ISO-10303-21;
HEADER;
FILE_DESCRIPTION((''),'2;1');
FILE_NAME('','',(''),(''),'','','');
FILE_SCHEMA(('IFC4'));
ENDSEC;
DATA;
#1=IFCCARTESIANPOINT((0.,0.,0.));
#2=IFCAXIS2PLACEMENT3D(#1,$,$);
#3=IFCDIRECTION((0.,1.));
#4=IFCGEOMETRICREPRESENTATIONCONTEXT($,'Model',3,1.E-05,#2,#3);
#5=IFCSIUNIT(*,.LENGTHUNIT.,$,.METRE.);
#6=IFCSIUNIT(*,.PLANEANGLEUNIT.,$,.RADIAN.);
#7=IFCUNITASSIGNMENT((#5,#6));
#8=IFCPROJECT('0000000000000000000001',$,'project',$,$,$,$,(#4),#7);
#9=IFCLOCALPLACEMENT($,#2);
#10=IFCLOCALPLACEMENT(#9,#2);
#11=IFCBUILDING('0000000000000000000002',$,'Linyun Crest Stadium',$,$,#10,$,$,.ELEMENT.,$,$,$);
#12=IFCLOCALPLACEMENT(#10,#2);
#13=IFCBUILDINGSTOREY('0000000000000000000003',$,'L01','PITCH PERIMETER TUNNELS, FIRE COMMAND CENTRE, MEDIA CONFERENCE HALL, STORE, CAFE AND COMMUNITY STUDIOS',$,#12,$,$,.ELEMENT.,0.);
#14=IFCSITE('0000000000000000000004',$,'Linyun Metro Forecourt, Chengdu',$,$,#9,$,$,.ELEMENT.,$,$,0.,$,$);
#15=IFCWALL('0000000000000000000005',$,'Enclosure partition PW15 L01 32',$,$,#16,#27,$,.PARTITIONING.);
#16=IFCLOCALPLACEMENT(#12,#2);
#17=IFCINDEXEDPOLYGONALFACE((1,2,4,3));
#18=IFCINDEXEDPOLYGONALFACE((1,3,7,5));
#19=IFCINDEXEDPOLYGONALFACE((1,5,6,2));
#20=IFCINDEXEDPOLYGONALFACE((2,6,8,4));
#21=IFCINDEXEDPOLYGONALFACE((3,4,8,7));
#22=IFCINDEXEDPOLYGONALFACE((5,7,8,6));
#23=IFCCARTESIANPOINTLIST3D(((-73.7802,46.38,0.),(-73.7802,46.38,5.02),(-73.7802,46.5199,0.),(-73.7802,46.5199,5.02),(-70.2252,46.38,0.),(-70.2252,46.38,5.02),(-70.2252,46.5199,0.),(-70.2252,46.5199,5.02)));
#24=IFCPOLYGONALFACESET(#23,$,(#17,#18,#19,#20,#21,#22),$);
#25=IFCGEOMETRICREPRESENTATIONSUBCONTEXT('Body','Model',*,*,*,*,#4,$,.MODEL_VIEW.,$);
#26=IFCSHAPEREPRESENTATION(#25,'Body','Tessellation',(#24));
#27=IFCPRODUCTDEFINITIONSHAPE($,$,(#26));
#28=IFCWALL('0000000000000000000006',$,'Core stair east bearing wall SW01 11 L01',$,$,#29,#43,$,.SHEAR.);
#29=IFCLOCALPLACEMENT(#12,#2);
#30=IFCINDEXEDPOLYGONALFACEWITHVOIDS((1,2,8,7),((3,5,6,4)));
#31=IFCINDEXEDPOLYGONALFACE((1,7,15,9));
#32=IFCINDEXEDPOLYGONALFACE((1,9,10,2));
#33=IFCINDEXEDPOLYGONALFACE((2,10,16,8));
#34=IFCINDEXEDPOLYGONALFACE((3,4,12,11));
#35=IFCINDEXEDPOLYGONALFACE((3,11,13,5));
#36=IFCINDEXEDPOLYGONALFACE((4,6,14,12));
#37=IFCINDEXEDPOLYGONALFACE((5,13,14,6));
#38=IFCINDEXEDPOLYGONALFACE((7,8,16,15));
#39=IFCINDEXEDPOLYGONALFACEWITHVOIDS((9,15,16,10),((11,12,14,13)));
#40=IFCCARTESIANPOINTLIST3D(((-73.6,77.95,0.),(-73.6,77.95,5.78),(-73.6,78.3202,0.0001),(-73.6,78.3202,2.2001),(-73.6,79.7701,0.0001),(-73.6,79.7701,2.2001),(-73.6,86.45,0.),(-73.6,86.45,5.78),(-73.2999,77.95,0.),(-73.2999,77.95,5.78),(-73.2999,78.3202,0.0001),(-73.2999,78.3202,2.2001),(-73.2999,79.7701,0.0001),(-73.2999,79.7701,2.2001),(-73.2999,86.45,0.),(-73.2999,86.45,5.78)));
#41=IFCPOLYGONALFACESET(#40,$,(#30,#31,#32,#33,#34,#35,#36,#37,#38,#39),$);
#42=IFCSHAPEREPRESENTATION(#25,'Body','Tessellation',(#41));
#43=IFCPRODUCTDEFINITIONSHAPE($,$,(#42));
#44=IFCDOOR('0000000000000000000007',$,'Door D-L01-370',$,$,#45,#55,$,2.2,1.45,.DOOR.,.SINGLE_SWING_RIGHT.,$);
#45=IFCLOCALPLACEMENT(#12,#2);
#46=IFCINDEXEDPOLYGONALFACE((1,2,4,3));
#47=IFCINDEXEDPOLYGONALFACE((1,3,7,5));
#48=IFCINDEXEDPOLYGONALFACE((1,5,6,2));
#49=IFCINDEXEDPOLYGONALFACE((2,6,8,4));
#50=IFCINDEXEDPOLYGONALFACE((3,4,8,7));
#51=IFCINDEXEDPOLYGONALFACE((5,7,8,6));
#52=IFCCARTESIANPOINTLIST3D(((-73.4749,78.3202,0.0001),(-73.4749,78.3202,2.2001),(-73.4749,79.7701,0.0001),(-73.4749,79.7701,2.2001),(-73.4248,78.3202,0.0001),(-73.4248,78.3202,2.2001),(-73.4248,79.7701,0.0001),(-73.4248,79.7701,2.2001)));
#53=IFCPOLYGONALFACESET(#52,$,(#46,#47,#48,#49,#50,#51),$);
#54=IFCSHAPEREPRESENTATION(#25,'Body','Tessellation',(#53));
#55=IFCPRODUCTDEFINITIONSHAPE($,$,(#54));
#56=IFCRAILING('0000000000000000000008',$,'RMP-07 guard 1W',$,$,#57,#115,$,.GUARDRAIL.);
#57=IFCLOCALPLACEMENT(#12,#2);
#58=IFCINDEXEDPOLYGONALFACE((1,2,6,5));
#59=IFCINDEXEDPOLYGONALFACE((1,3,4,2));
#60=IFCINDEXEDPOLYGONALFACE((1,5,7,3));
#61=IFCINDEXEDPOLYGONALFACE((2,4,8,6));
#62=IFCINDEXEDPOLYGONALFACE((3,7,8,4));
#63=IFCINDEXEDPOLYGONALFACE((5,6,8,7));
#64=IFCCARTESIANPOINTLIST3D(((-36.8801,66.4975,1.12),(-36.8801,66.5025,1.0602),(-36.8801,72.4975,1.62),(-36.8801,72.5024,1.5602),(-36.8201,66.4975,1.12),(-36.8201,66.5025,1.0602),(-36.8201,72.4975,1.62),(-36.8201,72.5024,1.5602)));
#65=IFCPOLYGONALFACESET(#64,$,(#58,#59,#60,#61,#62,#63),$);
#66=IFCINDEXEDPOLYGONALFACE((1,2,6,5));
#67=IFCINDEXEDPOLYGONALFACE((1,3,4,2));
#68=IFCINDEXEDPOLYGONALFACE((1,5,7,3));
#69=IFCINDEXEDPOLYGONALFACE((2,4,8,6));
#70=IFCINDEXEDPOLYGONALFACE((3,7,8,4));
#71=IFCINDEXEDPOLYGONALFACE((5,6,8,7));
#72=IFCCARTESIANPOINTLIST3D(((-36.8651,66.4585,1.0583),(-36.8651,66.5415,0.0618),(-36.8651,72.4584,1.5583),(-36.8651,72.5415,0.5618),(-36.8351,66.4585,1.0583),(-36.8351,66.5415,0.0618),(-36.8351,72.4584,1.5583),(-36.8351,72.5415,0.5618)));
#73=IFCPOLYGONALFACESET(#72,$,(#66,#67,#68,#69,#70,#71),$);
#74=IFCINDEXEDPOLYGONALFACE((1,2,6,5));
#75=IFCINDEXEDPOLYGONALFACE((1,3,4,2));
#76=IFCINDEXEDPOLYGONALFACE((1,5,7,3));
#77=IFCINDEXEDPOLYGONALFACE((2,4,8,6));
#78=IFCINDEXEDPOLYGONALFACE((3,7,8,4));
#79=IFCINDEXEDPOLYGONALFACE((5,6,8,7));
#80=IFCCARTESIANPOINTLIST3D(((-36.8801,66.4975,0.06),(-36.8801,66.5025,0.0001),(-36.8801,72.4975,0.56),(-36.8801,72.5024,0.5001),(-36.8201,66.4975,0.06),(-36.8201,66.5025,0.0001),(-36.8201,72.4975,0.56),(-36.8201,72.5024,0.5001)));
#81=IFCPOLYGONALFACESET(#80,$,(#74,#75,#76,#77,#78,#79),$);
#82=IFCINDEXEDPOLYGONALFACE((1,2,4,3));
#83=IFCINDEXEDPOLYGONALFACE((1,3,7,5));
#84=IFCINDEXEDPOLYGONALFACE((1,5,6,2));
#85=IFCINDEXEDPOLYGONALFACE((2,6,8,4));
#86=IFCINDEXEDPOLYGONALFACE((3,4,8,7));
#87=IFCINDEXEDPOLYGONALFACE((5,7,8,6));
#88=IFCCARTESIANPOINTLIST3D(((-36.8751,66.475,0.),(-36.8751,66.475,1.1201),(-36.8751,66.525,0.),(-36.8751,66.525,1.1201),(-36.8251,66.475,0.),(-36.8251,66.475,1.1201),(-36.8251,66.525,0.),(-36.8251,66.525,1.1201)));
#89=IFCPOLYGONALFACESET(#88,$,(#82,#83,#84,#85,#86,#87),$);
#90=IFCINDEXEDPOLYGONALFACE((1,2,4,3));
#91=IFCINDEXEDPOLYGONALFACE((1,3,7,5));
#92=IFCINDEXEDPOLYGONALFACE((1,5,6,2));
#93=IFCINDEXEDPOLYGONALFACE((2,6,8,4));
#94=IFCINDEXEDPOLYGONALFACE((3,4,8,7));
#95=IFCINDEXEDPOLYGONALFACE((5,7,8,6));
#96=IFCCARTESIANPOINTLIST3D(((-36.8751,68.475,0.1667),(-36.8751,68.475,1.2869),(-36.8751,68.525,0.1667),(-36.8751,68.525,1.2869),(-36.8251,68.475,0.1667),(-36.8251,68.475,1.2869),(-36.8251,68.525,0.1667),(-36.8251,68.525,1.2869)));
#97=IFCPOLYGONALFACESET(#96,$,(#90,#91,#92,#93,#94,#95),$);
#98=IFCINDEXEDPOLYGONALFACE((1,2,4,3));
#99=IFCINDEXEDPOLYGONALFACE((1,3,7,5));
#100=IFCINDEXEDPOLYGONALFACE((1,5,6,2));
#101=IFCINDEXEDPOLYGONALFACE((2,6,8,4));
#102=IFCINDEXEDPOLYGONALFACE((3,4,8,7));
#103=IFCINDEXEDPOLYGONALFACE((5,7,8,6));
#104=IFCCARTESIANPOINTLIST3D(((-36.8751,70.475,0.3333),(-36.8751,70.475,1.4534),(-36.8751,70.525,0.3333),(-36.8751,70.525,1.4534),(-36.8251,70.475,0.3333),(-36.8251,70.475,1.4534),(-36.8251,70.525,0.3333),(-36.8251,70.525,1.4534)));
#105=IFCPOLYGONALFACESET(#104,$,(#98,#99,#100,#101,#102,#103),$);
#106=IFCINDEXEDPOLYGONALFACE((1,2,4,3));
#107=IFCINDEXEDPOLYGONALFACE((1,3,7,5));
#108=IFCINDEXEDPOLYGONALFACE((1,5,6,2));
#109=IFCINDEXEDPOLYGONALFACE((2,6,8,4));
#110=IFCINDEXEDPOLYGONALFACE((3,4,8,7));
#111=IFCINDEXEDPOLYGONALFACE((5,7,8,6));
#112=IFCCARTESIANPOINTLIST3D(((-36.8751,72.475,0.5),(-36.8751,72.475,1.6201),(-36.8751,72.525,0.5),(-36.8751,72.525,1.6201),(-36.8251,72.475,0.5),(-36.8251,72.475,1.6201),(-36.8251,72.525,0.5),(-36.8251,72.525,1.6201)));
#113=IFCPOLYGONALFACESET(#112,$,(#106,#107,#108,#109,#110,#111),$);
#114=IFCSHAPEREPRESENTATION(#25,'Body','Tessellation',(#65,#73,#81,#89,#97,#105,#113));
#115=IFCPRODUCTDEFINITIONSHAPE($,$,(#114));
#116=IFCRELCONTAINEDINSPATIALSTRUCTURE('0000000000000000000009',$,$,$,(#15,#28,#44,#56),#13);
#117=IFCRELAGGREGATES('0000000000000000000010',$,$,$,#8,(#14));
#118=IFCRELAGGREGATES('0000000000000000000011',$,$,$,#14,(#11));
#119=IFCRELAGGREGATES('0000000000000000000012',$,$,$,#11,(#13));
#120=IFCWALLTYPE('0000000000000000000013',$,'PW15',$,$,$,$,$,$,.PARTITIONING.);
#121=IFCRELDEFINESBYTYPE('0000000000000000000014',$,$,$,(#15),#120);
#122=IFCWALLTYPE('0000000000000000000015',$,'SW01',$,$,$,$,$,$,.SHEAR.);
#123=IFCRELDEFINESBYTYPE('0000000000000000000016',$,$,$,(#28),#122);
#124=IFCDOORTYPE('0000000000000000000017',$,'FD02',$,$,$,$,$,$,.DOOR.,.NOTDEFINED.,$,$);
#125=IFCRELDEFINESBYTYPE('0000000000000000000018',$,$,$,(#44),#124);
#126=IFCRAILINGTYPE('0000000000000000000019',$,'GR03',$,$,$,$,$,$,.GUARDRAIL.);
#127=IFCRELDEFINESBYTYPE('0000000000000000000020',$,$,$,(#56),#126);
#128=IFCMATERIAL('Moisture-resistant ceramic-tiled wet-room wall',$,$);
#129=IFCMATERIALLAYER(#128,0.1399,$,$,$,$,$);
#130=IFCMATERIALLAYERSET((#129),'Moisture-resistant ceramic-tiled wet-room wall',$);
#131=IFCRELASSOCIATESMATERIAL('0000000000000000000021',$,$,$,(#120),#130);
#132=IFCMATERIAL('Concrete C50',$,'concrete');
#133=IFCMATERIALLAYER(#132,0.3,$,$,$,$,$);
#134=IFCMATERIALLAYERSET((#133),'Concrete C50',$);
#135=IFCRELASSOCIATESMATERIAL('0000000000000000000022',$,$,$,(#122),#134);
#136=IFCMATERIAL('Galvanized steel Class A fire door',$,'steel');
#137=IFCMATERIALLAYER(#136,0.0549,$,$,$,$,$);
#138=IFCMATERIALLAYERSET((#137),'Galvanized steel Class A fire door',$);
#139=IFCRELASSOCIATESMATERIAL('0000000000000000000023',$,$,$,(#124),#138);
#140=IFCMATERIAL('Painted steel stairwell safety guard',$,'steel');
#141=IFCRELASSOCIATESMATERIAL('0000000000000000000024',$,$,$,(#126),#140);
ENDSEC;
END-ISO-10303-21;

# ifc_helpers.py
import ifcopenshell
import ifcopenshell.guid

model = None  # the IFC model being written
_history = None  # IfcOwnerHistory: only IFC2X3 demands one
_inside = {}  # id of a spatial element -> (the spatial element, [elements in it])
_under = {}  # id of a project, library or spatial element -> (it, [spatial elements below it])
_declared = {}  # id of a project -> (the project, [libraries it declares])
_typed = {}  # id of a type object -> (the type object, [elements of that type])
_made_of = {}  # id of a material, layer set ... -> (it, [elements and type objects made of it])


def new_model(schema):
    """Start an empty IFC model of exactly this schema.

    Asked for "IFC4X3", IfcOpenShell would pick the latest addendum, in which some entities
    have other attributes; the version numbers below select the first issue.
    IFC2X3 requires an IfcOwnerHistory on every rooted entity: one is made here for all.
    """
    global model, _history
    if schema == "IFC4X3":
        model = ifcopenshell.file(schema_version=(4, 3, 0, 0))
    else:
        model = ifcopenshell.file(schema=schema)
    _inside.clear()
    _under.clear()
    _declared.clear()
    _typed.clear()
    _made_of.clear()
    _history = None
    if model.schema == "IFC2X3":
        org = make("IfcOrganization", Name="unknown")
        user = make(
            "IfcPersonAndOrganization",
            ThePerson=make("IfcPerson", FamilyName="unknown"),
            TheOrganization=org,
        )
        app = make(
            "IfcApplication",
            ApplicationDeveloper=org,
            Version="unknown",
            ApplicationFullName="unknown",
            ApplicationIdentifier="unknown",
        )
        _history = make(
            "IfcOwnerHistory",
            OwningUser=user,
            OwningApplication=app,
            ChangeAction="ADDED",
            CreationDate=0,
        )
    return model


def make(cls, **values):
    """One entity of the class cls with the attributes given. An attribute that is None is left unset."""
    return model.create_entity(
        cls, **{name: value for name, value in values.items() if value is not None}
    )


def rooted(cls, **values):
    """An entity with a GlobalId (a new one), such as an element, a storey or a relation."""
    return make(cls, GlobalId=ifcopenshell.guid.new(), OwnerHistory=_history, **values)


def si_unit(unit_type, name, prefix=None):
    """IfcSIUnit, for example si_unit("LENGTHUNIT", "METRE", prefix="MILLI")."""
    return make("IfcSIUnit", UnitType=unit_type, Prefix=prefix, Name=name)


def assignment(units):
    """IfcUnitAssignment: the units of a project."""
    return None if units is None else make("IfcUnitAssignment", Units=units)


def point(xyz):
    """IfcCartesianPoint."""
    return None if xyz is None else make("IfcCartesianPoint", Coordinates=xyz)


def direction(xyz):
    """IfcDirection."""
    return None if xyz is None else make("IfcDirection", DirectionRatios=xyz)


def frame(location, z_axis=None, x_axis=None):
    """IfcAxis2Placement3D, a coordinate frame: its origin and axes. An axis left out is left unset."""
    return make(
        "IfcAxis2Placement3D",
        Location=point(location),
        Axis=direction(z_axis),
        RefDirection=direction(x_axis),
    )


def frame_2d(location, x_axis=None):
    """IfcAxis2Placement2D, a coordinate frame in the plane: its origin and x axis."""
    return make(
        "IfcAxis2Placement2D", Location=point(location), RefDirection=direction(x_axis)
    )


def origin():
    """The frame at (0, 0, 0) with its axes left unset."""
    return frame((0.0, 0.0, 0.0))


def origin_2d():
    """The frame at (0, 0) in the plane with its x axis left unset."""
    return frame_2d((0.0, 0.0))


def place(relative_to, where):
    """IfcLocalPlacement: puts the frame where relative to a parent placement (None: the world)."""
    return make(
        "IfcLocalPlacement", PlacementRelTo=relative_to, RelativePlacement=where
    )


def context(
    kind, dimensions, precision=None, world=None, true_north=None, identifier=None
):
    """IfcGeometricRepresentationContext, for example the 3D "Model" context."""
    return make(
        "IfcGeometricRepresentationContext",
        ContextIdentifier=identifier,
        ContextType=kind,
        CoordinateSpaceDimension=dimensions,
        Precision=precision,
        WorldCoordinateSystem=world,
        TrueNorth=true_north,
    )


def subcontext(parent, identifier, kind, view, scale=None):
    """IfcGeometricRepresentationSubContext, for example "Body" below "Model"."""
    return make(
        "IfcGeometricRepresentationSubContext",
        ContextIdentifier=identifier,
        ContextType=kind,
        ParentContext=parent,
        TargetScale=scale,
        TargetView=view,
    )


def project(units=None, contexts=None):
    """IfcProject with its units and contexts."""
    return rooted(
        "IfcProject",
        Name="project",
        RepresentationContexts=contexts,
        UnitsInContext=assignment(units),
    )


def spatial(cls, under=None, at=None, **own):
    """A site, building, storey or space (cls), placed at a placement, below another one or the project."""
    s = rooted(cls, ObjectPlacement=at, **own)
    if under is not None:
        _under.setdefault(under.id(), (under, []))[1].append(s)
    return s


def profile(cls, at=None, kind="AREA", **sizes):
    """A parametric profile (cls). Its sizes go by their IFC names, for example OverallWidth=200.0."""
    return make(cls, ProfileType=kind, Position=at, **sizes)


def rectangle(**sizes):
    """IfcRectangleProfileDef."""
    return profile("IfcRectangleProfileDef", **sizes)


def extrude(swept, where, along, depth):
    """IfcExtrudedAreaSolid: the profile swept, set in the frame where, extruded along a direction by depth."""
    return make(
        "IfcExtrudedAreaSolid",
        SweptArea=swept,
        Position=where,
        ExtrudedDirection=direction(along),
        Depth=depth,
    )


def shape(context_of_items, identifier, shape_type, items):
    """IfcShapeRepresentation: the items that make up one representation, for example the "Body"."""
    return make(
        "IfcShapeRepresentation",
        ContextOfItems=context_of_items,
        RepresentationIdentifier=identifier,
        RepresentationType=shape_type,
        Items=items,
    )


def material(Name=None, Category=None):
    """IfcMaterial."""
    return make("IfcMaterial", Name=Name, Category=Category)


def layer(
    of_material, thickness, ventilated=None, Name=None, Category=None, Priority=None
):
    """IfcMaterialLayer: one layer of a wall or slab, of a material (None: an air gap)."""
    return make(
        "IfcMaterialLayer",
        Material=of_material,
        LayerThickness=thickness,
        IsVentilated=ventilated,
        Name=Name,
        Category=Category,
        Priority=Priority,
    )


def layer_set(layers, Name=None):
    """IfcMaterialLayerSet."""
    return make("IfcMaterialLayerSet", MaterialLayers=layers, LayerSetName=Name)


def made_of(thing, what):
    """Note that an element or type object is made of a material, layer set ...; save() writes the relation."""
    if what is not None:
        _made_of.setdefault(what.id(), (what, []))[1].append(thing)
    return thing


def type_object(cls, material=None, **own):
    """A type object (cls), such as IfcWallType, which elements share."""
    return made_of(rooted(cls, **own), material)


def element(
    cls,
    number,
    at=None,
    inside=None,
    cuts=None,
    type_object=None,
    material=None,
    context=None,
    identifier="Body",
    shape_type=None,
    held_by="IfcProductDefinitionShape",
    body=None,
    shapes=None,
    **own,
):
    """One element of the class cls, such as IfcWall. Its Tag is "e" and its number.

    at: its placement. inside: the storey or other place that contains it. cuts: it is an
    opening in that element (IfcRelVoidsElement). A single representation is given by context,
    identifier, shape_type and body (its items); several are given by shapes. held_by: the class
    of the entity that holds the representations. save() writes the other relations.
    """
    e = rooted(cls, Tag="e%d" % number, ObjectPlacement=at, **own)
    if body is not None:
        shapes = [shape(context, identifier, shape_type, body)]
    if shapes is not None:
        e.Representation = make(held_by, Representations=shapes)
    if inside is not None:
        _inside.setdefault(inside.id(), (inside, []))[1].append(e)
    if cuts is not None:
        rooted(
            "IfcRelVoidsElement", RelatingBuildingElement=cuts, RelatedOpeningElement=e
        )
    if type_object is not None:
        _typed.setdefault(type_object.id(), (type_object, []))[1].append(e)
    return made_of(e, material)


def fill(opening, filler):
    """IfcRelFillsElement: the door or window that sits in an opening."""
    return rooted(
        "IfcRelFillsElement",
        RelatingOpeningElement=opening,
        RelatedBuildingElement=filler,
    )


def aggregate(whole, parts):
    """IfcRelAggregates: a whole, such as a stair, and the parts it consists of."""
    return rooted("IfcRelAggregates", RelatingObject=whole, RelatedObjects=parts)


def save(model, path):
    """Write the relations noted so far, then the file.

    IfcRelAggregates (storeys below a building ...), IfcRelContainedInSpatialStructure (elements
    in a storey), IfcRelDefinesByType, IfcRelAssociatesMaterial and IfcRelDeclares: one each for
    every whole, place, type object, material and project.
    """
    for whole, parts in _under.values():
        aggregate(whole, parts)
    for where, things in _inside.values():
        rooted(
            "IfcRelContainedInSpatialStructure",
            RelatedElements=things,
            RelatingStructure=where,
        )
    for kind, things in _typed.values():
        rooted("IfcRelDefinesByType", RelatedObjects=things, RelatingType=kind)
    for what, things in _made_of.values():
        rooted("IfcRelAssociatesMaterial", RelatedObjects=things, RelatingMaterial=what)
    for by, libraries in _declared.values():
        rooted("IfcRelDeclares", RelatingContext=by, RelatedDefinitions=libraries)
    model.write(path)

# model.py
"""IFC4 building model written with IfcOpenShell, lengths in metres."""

from ifc_helpers import new_model, si_unit, direction, frame, frame_2d, origin, origin_2d, place, context, subcontext, project, spatial, rectangle, extrude, material, layer, layer_set, type_object, element, fill, save


model = new_model("IFC4")

# Units and contexts
model_context = context("Model", 3, precision=1e-05, world=origin(), true_north=direction((0.0, 1.0)))
body_context = subcontext(model_context, "Body", "Model", "MODEL_VIEW")
ifc_project = project(units=[si_unit("LENGTHUNIT", "METRE"), si_unit("PLANEANGLEUNIT", "RADIAN")], contexts=[model_context])

# Site, building, storey
site_placement = place(None, origin())
site = spatial("IfcSite", under=ifc_project, at=site_placement, Name="Linyun Metro Forecourt, Chengdu", CompositionType="ELEMENT", RefElevation=0.0)
building_placement = place(site_placement, origin())
building = spatial("IfcBuilding", under=site, at=building_placement, Name="Linyun Crest Stadium", CompositionType="ELEMENT")
storey_placement = place(building_placement, origin())
storey = spatial("IfcBuildingStorey", under=building, at=storey_placement, Name="L01", Description="PITCH PERIMETER TUNNELS, FIRE COMMAND CENTRE, MEDIA CONFERENCE HALL, STORE, CAFE AND COMMUNITY STUDIOS", CompositionType="ELEMENT", Elevation=0.0)

# Wall
ifc_material_1 = material(Name="Moisture-resistant ceramic-tiled wet-room wall")
ifc_layer_1 = layer(ifc_material_1, 0.1399)
ifc_layer_set_1 = layer_set([ifc_layer_1], Name="Moisture-resistant ceramic-tiled wet-room wall")
wall_type_1 = type_object("IfcWallType", Name="PW15", PredefinedType="PARTITIONING", material=ifc_layer_set_1)
wall_1_placement = place(storey_placement, frame((-73.78, 46.45, 0.0), z_axis=(0.0, 0.0, 1.0), x_axis=(1.0, 0.0, 0.0)))
element("IfcWall", 1, at=wall_1_placement, inside=storey, type_object=wall_type_1, Name="Enclosure partition PW15 L01 32", PredefinedType="PARTITIONING", context=body_context, shape_type="SweptSolid", body=[
    extrude(rectangle(XDim=3.5549, YDim=0.1399, at=frame_2d((1.7773, 0.0))), origin(), (0.0, 0.0, 1.0), 5.02),
])

# Wall, opening, door
ifc_material_2 = material(Name="Concrete C50", Category="concrete")
ifc_layer_2 = layer(ifc_material_2, 0.3)
ifc_layer_set_2 = layer_set([ifc_layer_2], Name="Concrete C50")
wall_type_2 = type_object("IfcWallType", Name="SW01", PredefinedType="SHEAR", material=ifc_layer_set_2)
wall_2_placement = place(storey_placement, frame((-73.45, 77.95, 0.0), z_axis=(0.0, 0.0, 1.0), x_axis=(0.0, 1.0, 0.0)))
wall_2 = element("IfcWall", 2, at=wall_2_placement, inside=storey, type_object=wall_type_2, Name="Core stair east bearing wall SW01 11 L01", PredefinedType="SHEAR", context=body_context, shape_type="SweptSolid", body=[
    extrude(rectangle(XDim=8.5, YDim=0.3, at=frame_2d((4.25, 0.0))), origin(), (0.0, 0.0, 1.0), 5.78),
])
opening_placement = place(wall_2_placement, frame((0.3701, 0.0, 0.0)))
opening = element("IfcOpeningElement", 3, at=opening_placement, cuts=wall_2, PredefinedType="OPENING", context=body_context, shape_type="SweptSolid", body=[
    extrude(rectangle(XDim=1.45, YDim=2.2, at=frame_2d((0.7251, 1.1001))), frame((0.0, 0.1599, 0.0), z_axis=(0.0, -1.0, 0.0), x_axis=(1.0, 0.0, 0.0)), (0.0, 0.0, 1.0), 0.3201),
])
ifc_material_3 = material(Name="Galvanized steel Class A fire door", Category="steel")
ifc_layer_3 = layer(ifc_material_3, 0.0549)
ifc_layer_set_3 = layer_set([ifc_layer_3], Name="Galvanized steel Class A fire door")
door_type = type_object("IfcDoorType", Name="FD02", OperationType="NOTDEFINED", PredefinedType="DOOR", material=ifc_layer_set_3)
door_placement = place(opening_placement, origin())
door = element("IfcDoor", 4, at=door_placement, inside=storey, type_object=door_type, Name="Door D-L01-370", OperationType="SINGLE_SWING_RIGHT", OverallHeight=2.2, OverallWidth=1.45, PredefinedType="DOOR", context=body_context, shape_type="SweptSolid", body=[
    extrude(rectangle(XDim=1.45, YDim=2.2, at=frame_2d((0.7251, 1.1001))), frame((0.0, 0.0249, 0.0), z_axis=(0.0, -1.0, 0.0), x_axis=(1.0, 0.0, 0.0)), (0.0, 0.0, 1.0), 0.05),
])
fill(opening, door)

# Railing
ifc_material_4 = material(Name="Painted steel stairwell safety guard", Category="steel")
railing_type_1 = type_object("IfcRailingType", Name="GR03", PredefinedType="GUARDRAIL", material=ifc_material_4)
railing_1_placement = place(storey_placement, frame((-36.8501, 66.5, 0.0)))
element("IfcRailing", 5, at=railing_1_placement, inside=storey, type_object=railing_type_1, Name="RMP-07 guard 1W", PredefinedType="GUARDRAIL", context=body_context, shape_type="SweptSolid", body=[
    extrude(rectangle(XDim=0.0601, YDim=0.0601, at=origin_2d()), frame((0.0, 0.0, 1.0901), z_axis=(0.0, 0.996546, 0.083045), x_axis=(-1.0, 0.0, 0.0)), (0.0, 0.0, 1.0), 6.0208),
    extrude(rectangle(XDim=0.03, YDim=1.0, at=origin_2d()), frame((0.0, 0.0, 0.5601), z_axis=(0.0, 0.996546, 0.083045), x_axis=(-1.0, 0.0, 0.0)), (0.0, 0.0, 1.0), 6.0208),
    extrude(rectangle(XDim=0.0601, YDim=0.0601, at=origin_2d()), frame((0.0, 0.0, 0.03), z_axis=(0.0, 0.996546, 0.083045), x_axis=(-1.0, 0.0, 0.0)), (0.0, 0.0, 1.0), 6.0208),
    extrude(rectangle(XDim=0.05, YDim=0.05, at=origin_2d()), origin(), (0.0, 0.0, 1.0), 1.1201),
    extrude(rectangle(XDim=0.05, YDim=0.05, at=origin_2d()), frame((0.0, 2.0, 0.1667)), (0.0, 0.0, 1.0), 1.1201),
    extrude(rectangle(XDim=0.05, YDim=0.05, at=origin_2d()), frame((0.0, 4.0, 0.3333)), (0.0, 0.0, 1.0), 1.1201),
    extrude(rectangle(XDim=0.05, YDim=0.05, at=origin_2d()), frame((0.0, 6.0, 0.5)), (0.0, 0.0, 1.0), 1.1201),
])

save(model, "model.ifc")
